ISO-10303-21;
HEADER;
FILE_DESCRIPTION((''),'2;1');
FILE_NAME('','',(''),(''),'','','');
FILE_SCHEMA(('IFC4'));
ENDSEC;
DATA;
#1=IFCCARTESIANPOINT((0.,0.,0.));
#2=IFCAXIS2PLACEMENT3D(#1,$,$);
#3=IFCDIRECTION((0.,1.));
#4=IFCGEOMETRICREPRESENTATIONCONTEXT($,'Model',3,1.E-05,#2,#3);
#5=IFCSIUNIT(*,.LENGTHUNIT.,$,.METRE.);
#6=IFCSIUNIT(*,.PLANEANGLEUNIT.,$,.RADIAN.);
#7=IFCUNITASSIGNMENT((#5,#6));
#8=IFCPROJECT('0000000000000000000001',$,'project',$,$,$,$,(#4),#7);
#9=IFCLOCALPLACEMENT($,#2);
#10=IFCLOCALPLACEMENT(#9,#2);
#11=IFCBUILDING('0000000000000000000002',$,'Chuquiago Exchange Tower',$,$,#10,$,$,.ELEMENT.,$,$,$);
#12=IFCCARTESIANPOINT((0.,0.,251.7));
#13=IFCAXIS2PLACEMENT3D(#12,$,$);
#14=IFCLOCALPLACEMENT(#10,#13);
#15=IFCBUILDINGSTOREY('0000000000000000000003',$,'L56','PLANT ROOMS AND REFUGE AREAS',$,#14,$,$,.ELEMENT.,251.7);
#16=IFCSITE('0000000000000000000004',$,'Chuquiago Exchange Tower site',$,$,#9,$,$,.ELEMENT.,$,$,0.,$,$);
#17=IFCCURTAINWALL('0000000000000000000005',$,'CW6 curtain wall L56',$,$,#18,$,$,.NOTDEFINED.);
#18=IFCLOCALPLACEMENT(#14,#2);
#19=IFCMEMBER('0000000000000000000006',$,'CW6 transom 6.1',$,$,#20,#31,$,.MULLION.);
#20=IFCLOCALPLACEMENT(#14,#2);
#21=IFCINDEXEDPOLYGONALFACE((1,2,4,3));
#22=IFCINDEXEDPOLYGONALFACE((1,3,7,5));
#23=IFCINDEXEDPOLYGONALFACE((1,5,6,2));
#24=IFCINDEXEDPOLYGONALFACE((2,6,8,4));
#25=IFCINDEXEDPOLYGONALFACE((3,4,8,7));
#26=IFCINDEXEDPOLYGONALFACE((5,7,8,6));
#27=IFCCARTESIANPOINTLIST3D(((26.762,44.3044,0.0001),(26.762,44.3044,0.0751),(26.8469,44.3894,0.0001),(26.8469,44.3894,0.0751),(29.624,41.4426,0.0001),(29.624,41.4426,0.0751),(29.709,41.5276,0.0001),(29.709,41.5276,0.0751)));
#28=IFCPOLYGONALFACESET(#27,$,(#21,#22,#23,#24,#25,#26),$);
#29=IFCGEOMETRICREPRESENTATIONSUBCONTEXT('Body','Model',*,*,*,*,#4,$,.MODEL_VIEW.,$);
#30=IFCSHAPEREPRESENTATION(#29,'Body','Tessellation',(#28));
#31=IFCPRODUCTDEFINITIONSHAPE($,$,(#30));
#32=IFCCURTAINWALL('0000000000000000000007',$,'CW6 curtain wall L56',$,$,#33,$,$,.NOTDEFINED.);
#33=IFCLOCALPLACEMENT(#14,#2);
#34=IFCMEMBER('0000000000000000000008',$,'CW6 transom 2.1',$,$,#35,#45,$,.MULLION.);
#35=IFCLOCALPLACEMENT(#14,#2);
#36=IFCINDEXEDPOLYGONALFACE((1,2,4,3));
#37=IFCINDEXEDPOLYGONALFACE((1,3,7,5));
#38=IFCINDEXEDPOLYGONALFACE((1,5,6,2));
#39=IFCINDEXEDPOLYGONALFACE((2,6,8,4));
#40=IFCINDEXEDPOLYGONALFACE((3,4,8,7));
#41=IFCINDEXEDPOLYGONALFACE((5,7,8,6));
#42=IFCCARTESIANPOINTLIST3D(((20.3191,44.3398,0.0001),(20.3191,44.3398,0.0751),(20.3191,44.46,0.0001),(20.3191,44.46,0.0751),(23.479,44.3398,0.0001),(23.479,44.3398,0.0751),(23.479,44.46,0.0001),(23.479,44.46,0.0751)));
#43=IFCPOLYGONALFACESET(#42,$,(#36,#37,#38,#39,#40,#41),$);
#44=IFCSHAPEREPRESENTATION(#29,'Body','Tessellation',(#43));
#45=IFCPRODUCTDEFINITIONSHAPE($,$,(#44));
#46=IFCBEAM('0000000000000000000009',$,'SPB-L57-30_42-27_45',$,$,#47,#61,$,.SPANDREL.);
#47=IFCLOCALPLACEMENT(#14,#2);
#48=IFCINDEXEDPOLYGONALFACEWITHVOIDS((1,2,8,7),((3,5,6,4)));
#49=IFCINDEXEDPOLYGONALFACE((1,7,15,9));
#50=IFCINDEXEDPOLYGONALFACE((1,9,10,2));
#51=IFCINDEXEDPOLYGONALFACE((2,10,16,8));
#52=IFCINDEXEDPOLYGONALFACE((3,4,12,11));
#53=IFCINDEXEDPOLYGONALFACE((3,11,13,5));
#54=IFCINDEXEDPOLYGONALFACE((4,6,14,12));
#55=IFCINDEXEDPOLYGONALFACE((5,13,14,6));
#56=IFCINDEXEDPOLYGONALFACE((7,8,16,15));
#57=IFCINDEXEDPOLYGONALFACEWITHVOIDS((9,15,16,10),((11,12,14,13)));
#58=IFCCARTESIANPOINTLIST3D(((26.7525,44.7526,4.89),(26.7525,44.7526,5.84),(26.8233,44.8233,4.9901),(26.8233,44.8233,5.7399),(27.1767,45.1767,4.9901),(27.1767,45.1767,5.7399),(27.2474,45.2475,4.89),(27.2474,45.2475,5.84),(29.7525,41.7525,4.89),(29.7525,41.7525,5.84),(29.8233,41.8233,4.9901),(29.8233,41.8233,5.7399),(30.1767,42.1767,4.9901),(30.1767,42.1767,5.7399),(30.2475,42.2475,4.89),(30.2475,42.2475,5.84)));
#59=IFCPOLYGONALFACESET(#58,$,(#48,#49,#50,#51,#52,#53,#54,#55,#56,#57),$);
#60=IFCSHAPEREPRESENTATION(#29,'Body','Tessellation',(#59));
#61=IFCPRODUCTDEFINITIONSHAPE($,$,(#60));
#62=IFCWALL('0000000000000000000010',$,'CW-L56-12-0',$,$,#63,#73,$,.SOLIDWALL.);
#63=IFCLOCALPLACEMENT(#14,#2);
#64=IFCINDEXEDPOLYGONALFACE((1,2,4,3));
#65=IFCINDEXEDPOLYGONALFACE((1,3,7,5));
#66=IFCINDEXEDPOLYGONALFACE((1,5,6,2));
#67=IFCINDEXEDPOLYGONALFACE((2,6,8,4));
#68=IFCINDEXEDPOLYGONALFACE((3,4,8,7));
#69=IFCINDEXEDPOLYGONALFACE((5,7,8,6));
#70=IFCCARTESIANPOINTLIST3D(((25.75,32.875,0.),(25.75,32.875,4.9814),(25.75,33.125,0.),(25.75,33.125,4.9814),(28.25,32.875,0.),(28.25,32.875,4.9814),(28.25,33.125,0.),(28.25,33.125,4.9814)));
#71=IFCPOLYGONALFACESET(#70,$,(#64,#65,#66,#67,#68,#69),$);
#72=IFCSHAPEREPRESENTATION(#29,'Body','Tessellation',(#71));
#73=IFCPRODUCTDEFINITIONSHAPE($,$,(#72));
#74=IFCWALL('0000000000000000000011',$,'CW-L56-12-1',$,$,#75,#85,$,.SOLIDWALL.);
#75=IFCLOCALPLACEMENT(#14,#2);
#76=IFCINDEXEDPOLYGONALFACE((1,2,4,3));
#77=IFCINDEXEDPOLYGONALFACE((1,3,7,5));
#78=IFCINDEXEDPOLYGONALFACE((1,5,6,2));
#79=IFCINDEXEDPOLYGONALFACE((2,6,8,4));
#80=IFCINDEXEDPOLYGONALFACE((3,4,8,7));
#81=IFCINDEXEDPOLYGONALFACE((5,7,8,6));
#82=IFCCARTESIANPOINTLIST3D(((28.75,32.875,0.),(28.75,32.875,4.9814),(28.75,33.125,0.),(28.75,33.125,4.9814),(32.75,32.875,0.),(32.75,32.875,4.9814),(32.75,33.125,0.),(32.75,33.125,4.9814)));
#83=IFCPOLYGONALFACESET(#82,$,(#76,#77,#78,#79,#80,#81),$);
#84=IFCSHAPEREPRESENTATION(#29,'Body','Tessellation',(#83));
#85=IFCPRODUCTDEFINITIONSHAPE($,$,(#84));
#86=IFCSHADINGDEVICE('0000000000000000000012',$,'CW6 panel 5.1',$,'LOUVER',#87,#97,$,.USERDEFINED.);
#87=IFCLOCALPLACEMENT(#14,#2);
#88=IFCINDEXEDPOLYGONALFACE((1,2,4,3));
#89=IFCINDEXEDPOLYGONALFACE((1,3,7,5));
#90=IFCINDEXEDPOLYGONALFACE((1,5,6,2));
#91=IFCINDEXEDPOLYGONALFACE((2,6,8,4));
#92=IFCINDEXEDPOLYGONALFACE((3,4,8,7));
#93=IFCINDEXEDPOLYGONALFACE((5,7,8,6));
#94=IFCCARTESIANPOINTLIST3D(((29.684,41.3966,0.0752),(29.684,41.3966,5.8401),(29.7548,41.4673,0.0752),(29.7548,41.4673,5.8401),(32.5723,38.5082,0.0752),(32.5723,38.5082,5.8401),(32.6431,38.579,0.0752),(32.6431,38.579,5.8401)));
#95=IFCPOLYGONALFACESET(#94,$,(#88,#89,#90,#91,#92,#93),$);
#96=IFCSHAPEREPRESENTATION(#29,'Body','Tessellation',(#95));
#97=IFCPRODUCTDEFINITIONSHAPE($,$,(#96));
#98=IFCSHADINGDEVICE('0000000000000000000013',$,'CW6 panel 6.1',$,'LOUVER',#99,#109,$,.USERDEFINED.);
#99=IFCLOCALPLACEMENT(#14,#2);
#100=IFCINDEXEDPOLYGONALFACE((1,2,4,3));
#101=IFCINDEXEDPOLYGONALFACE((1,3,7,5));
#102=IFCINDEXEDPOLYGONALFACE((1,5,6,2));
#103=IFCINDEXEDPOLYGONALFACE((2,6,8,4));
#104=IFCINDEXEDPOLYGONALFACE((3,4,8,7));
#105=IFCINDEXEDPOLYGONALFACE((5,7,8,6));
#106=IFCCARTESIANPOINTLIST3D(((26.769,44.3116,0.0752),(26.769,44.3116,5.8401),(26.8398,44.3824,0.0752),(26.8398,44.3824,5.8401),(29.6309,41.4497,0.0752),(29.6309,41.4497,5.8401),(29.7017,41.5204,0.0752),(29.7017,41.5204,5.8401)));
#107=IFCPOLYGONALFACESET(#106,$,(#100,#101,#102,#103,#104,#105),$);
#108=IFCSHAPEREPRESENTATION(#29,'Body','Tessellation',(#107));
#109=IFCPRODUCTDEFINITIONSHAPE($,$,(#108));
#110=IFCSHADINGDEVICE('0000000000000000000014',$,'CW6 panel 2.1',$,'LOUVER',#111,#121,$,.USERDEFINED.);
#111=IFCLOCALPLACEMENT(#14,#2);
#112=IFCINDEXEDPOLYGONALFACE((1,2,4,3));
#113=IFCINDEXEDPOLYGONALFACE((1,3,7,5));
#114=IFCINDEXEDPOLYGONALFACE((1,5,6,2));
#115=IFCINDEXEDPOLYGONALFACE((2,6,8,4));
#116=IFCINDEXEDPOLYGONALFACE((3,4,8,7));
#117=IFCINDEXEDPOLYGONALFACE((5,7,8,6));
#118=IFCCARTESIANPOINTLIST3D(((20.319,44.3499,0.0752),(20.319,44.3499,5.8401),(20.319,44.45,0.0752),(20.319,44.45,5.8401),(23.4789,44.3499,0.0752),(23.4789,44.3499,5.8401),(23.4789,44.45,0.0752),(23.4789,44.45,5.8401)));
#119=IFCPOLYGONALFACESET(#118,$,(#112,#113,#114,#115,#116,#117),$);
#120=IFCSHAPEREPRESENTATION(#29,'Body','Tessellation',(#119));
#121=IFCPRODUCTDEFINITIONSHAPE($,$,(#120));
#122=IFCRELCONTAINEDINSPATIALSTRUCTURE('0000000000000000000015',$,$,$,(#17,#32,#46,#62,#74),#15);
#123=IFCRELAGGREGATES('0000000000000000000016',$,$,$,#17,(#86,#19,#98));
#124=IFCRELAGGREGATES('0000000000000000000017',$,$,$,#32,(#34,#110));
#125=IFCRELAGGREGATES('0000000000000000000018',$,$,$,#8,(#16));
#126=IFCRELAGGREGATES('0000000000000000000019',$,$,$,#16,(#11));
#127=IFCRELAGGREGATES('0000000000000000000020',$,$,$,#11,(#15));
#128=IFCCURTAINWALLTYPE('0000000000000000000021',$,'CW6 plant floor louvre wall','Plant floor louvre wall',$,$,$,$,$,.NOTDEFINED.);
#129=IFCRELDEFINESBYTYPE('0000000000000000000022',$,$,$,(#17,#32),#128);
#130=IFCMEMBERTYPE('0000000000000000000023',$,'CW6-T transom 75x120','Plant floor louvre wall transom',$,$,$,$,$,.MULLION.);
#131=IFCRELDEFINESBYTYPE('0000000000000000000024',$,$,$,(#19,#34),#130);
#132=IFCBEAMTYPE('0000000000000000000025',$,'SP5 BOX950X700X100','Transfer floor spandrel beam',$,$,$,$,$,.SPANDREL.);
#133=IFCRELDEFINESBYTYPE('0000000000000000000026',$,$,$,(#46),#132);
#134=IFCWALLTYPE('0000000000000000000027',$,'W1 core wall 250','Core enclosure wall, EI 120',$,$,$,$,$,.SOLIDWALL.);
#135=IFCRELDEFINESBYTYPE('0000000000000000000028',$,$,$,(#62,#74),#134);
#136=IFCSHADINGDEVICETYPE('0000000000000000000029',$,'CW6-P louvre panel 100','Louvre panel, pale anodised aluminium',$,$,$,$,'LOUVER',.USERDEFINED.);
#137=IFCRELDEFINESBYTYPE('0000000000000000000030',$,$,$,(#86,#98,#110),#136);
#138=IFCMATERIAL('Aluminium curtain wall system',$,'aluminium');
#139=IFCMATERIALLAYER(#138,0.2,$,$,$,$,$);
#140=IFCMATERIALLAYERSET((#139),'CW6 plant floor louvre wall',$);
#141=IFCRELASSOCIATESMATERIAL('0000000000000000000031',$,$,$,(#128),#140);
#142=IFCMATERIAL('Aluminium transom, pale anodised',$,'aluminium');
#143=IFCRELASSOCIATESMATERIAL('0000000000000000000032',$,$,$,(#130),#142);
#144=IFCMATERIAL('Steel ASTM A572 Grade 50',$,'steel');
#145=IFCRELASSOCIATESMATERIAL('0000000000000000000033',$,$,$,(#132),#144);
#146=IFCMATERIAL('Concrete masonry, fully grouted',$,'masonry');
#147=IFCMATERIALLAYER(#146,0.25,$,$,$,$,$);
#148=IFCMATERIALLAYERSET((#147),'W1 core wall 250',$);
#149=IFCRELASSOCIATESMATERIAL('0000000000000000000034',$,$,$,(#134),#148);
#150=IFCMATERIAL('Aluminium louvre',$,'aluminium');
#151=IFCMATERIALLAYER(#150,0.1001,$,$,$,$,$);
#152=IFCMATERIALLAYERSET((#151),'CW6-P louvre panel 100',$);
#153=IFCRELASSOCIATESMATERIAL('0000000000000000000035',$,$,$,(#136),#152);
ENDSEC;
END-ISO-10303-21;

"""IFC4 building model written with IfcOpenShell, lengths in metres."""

from ifc_helpers import new_model, si_unit, direction, frame, frame_2d, origin, origin_2d, place, context, subcontext, project, spatial, rectangle, hollow_rectangle, extrude, material, layer, layer_set, material_profile, profile_set, type_object, element, aggregate, save


model = new_model("IFC4")

# Units and contexts
model_context = context("Model", 3, precision=1e-05, world=origin(), true_north=direction((0.0, 1.0)))
body_context = subcontext(model_context, "Body", "Model", "MODEL_VIEW")
ifc_project = project(units=[si_unit("LENGTHUNIT", "METRE"), si_unit("PLANEANGLEUNIT", "RADIAN")], contexts=[model_context])

# Site, building, storey
site_placement = place(None, origin())
site = spatial("IfcSite", under=ifc_project, at=site_placement, Name="Chuquiago Exchange Tower site", CompositionType="ELEMENT", RefElevation=0.0)
building_placement = place(site_placement, origin())
building = spatial("IfcBuilding", under=site, at=building_placement, Name="Chuquiago Exchange Tower", CompositionType="ELEMENT")
storey_placement = place(building_placement, frame((0.0, 0.0, 251.7)))
storey = spatial("IfcBuildingStorey", under=building, at=storey_placement, Name="L56", Description="PLANT ROOMS AND REFUGE AREAS", CompositionType="ELEMENT", Elevation=251.7)

# Curtain wall, member
ifc_material_1 = material(Name="Aluminium curtain wall system", Category="aluminium")
ifc_layer_1 = layer(ifc_material_1, 0.2)
ifc_layer_set_1 = layer_set([ifc_layer_1], Name="CW6 plant floor louvre wall")
curtain_wall_type = type_object("IfcCurtainWallType", Name="CW6 plant floor louvre wall", Description="Plant floor louvre wall", PredefinedType="NOTDEFINED", material=ifc_layer_set_1)
curtain_wall_1_placement = place(storey_placement, origin())
curtain_wall_1 = element("IfcCurtainWall", 1, at=curtain_wall_1_placement, inside=storey, type_object=curtain_wall_type, Name="CW6 curtain wall L56", PredefinedType="NOTDEFINED")
ifc_material_2 = material(Name="Aluminium transom, pale anodised", Category="aluminium")
ifc_material_profile_1 = material_profile(ifc_material_2, rectangle(XDim=0.1201, YDim=0.075, at=origin_2d()), Name="AL 120x75")
ifc_profile_set_1 = profile_set([ifc_material_profile_1], Name="Aluminium transom, pale anodised")
member_type_1 = type_object("IfcMemberType", Name="CW6-T transom 75x120", Description="Plant floor louvre wall transom", PredefinedType="MULLION", material=ifc_profile_set_1)
member_1_placement = place(storey_placement, frame((29.6665, 41.4851, 0.0376), z_axis=(-0.707137, 0.707077, 0.0), x_axis=(-0.707077, -0.707137, 0.0)))
member_1 = element("IfcMember", 2, at=member_1_placement, type_object=member_type_1, Name="CW6 transom 6.1", PredefinedType="MULLION", context=body_context, shape_type="SweptSolid", body=[
    extrude(rectangle(XDim=0.1201, YDim=0.075, at=origin_2d()), origin(), (0.0, 0.0, 1.0), 4.0474),
])

# Curtain wall, member
curtain_wall_2_placement = place(storey_placement, origin())
curtain_wall_2 = element("IfcCurtainWall", 3, at=curtain_wall_2_placement, inside=storey, type_object=curtain_wall_type, Name="CW6 curtain wall L56", PredefinedType="NOTDEFINED")
member_2_placement = place(storey_placement, frame((23.479, 44.3999, 0.0376), z_axis=(-1.0, 0.0, 0.0), x_axis=(0.0, -1.0, 0.0)))
member_2 = element("IfcMember", 4, at=member_2_placement, type_object=member_type_1, Name="CW6 transom 2.1", PredefinedType="MULLION", context=body_context, shape_type="SweptSolid", body=[
    extrude(rectangle(XDim=0.1201, YDim=0.075, at=origin_2d()), origin(), (0.0, 0.0, 1.0), 3.1599),
])

# Beam
ifc_material_3 = material(Name="Steel ASTM A572 Grade 50", Category="steel")
ifc_material_profile_2 = material_profile(ifc_material_3, hollow_rectangle(XDim=0.7, YDim=0.95, WallThickness=0.1001, at=origin_2d()), Name="BOX950X700X100")
ifc_profile_set_2 = profile_set([ifc_material_profile_2], Name="Steel ASTM A572 Grade 50")
beam_type_1 = type_object("IfcBeamType", Name="SP5 BOX950X700X100", Description="Transfer floor spandrel beam", PredefinedType="SPANDREL", material=ifc_profile_set_2)
beam_1_placement = place(storey_placement, frame((30.0, 42.0, 5.365), z_axis=(-0.707107, 0.707107, 0.0), x_axis=(-0.707107, -0.707107, 0.0)))
element("IfcBeam", 5, at=beam_1_placement, inside=storey, type_object=beam_type_1, Name="SPB-L57-30_42-27_45", PredefinedType="SPANDREL", context=body_context, shape_type="SweptSolid", body=[
    extrude(hollow_rectangle(XDim=0.7, YDim=0.95, WallThickness=0.1001, at=origin_2d()), origin(), (0.0, 0.0, 1.0), 4.2427),
])

# Walls
ifc_material_4 = material(Name="Concrete masonry, fully grouted", Category="masonry")
ifc_layer_2 = layer(ifc_material_4, 0.25)
ifc_layer_set_2 = layer_set([ifc_layer_2], Name="W1 core wall 250")
wall_type = type_object("IfcWallType", Name="W1 core wall 250", Description="Core enclosure wall, EI 120", PredefinedType="SOLIDWALL", material=ifc_layer_set_2)
wall_1_placement = place(storey_placement, frame((25.75, 33.0, 0.0), z_axis=(0.0, 0.0, 1.0), x_axis=(1.0, 0.0, 0.0)))
element("IfcWall", 6, at=wall_1_placement, inside=storey, type_object=wall_type, Name="CW-L56-12-0", PredefinedType="SOLIDWALL", context=body_context, shape_type="SweptSolid", body=[
    extrude(rectangle(XDim=2.5, YDim=0.25, at=frame_2d((1.25, 0.0))), origin(), (0.0, 0.0, 1.0), 4.9814),
])
wall_2_placement = place(storey_placement, frame((28.75, 33.0, 0.0), z_axis=(0.0, 0.0, 1.0), x_axis=(1.0, 0.0, 0.0)))
element("IfcWall", 7, at=wall_2_placement, inside=storey, type_object=wall_type, Name="CW-L56-12-1", PredefinedType="SOLIDWALL", context=body_context, shape_type="SweptSolid", body=[
    extrude(rectangle(XDim=4.0, YDim=0.25, at=frame_2d((2.0, 0.0))), origin(), (0.0, 0.0, 1.0), 4.9814),
])

# Shading devices
ifc_material_5 = material(Name="Aluminium louvre", Category="aluminium")
ifc_layer_3 = layer(ifc_material_5, 0.1001)
ifc_layer_set_3 = layer_set([ifc_layer_3], Name="CW6-P louvre panel 100")
shading_device_type = type_object("IfcShadingDeviceType", Name="CW6-P louvre panel 100", Description="Louvre panel, pale anodised aluminium", ElementType="LOUVER", PredefinedType="USERDEFINED", material=ifc_layer_set_3)
shading_device_1_placement = place(storey_placement, frame((31.1636, 39.9878, 0.0752), z_axis=(0.0, 0.0, 1.0), x_axis=(-0.707107, 0.707107, 0.0)))
shading_device_1 = element("IfcShadingDevice", 8, at=shading_device_1_placement, type_object=shading_device_type, Name="CW6 panel 5.1", ObjectType="LOUVER", PredefinedType="USERDEFINED", context=body_context, shape_type="SweptSolid", body=[
    extrude(rectangle(XDim=4.0847, YDim=0.1001, at=origin_2d()), origin(), (0.0, 0.0, 1.0), 5.7649),
])
shading_device_2_placement = place(storey_placement, frame((28.2354, 42.916, 0.0752), z_axis=(0.0, 0.0, 1.0), x_axis=(-0.707107, 0.707107, 0.0)))
shading_device_2 = element("IfcShadingDevice", 9, at=shading_device_2_placement, type_object=shading_device_type, Name="CW6 panel 6.1", ObjectType="LOUVER", PredefinedType="USERDEFINED", context=body_context, shape_type="SweptSolid", body=[
    extrude(rectangle(XDim=4.0474, YDim=0.1001, at=origin_2d()), origin(), (0.0, 0.0, 1.0), 5.7649),
])
aggregate(curtain_wall_1, [shading_device_1, member_1, shading_device_2])
shading_device_3_placement = place(storey_placement, frame((21.8989, 44.3999, 0.0752), z_axis=(0.0, 0.0, 1.0), x_axis=(-1.0, 0.0, 0.0)))
shading_device_3 = element("IfcShadingDevice", 10, at=shading_device_3_placement, type_object=shading_device_type, Name="CW6 panel 2.1", ObjectType="LOUVER", PredefinedType="USERDEFINED", context=body_context, shape_type="SweptSolid", body=[
    extrude(rectangle(XDim=3.1599, YDim=0.1001, at=origin_2d()), origin(), (0.0, 0.0, 1.0), 5.7649),
])
aggregate(curtain_wall_2, [member_2, shading_device_3])

save(model, "model.ifc")
